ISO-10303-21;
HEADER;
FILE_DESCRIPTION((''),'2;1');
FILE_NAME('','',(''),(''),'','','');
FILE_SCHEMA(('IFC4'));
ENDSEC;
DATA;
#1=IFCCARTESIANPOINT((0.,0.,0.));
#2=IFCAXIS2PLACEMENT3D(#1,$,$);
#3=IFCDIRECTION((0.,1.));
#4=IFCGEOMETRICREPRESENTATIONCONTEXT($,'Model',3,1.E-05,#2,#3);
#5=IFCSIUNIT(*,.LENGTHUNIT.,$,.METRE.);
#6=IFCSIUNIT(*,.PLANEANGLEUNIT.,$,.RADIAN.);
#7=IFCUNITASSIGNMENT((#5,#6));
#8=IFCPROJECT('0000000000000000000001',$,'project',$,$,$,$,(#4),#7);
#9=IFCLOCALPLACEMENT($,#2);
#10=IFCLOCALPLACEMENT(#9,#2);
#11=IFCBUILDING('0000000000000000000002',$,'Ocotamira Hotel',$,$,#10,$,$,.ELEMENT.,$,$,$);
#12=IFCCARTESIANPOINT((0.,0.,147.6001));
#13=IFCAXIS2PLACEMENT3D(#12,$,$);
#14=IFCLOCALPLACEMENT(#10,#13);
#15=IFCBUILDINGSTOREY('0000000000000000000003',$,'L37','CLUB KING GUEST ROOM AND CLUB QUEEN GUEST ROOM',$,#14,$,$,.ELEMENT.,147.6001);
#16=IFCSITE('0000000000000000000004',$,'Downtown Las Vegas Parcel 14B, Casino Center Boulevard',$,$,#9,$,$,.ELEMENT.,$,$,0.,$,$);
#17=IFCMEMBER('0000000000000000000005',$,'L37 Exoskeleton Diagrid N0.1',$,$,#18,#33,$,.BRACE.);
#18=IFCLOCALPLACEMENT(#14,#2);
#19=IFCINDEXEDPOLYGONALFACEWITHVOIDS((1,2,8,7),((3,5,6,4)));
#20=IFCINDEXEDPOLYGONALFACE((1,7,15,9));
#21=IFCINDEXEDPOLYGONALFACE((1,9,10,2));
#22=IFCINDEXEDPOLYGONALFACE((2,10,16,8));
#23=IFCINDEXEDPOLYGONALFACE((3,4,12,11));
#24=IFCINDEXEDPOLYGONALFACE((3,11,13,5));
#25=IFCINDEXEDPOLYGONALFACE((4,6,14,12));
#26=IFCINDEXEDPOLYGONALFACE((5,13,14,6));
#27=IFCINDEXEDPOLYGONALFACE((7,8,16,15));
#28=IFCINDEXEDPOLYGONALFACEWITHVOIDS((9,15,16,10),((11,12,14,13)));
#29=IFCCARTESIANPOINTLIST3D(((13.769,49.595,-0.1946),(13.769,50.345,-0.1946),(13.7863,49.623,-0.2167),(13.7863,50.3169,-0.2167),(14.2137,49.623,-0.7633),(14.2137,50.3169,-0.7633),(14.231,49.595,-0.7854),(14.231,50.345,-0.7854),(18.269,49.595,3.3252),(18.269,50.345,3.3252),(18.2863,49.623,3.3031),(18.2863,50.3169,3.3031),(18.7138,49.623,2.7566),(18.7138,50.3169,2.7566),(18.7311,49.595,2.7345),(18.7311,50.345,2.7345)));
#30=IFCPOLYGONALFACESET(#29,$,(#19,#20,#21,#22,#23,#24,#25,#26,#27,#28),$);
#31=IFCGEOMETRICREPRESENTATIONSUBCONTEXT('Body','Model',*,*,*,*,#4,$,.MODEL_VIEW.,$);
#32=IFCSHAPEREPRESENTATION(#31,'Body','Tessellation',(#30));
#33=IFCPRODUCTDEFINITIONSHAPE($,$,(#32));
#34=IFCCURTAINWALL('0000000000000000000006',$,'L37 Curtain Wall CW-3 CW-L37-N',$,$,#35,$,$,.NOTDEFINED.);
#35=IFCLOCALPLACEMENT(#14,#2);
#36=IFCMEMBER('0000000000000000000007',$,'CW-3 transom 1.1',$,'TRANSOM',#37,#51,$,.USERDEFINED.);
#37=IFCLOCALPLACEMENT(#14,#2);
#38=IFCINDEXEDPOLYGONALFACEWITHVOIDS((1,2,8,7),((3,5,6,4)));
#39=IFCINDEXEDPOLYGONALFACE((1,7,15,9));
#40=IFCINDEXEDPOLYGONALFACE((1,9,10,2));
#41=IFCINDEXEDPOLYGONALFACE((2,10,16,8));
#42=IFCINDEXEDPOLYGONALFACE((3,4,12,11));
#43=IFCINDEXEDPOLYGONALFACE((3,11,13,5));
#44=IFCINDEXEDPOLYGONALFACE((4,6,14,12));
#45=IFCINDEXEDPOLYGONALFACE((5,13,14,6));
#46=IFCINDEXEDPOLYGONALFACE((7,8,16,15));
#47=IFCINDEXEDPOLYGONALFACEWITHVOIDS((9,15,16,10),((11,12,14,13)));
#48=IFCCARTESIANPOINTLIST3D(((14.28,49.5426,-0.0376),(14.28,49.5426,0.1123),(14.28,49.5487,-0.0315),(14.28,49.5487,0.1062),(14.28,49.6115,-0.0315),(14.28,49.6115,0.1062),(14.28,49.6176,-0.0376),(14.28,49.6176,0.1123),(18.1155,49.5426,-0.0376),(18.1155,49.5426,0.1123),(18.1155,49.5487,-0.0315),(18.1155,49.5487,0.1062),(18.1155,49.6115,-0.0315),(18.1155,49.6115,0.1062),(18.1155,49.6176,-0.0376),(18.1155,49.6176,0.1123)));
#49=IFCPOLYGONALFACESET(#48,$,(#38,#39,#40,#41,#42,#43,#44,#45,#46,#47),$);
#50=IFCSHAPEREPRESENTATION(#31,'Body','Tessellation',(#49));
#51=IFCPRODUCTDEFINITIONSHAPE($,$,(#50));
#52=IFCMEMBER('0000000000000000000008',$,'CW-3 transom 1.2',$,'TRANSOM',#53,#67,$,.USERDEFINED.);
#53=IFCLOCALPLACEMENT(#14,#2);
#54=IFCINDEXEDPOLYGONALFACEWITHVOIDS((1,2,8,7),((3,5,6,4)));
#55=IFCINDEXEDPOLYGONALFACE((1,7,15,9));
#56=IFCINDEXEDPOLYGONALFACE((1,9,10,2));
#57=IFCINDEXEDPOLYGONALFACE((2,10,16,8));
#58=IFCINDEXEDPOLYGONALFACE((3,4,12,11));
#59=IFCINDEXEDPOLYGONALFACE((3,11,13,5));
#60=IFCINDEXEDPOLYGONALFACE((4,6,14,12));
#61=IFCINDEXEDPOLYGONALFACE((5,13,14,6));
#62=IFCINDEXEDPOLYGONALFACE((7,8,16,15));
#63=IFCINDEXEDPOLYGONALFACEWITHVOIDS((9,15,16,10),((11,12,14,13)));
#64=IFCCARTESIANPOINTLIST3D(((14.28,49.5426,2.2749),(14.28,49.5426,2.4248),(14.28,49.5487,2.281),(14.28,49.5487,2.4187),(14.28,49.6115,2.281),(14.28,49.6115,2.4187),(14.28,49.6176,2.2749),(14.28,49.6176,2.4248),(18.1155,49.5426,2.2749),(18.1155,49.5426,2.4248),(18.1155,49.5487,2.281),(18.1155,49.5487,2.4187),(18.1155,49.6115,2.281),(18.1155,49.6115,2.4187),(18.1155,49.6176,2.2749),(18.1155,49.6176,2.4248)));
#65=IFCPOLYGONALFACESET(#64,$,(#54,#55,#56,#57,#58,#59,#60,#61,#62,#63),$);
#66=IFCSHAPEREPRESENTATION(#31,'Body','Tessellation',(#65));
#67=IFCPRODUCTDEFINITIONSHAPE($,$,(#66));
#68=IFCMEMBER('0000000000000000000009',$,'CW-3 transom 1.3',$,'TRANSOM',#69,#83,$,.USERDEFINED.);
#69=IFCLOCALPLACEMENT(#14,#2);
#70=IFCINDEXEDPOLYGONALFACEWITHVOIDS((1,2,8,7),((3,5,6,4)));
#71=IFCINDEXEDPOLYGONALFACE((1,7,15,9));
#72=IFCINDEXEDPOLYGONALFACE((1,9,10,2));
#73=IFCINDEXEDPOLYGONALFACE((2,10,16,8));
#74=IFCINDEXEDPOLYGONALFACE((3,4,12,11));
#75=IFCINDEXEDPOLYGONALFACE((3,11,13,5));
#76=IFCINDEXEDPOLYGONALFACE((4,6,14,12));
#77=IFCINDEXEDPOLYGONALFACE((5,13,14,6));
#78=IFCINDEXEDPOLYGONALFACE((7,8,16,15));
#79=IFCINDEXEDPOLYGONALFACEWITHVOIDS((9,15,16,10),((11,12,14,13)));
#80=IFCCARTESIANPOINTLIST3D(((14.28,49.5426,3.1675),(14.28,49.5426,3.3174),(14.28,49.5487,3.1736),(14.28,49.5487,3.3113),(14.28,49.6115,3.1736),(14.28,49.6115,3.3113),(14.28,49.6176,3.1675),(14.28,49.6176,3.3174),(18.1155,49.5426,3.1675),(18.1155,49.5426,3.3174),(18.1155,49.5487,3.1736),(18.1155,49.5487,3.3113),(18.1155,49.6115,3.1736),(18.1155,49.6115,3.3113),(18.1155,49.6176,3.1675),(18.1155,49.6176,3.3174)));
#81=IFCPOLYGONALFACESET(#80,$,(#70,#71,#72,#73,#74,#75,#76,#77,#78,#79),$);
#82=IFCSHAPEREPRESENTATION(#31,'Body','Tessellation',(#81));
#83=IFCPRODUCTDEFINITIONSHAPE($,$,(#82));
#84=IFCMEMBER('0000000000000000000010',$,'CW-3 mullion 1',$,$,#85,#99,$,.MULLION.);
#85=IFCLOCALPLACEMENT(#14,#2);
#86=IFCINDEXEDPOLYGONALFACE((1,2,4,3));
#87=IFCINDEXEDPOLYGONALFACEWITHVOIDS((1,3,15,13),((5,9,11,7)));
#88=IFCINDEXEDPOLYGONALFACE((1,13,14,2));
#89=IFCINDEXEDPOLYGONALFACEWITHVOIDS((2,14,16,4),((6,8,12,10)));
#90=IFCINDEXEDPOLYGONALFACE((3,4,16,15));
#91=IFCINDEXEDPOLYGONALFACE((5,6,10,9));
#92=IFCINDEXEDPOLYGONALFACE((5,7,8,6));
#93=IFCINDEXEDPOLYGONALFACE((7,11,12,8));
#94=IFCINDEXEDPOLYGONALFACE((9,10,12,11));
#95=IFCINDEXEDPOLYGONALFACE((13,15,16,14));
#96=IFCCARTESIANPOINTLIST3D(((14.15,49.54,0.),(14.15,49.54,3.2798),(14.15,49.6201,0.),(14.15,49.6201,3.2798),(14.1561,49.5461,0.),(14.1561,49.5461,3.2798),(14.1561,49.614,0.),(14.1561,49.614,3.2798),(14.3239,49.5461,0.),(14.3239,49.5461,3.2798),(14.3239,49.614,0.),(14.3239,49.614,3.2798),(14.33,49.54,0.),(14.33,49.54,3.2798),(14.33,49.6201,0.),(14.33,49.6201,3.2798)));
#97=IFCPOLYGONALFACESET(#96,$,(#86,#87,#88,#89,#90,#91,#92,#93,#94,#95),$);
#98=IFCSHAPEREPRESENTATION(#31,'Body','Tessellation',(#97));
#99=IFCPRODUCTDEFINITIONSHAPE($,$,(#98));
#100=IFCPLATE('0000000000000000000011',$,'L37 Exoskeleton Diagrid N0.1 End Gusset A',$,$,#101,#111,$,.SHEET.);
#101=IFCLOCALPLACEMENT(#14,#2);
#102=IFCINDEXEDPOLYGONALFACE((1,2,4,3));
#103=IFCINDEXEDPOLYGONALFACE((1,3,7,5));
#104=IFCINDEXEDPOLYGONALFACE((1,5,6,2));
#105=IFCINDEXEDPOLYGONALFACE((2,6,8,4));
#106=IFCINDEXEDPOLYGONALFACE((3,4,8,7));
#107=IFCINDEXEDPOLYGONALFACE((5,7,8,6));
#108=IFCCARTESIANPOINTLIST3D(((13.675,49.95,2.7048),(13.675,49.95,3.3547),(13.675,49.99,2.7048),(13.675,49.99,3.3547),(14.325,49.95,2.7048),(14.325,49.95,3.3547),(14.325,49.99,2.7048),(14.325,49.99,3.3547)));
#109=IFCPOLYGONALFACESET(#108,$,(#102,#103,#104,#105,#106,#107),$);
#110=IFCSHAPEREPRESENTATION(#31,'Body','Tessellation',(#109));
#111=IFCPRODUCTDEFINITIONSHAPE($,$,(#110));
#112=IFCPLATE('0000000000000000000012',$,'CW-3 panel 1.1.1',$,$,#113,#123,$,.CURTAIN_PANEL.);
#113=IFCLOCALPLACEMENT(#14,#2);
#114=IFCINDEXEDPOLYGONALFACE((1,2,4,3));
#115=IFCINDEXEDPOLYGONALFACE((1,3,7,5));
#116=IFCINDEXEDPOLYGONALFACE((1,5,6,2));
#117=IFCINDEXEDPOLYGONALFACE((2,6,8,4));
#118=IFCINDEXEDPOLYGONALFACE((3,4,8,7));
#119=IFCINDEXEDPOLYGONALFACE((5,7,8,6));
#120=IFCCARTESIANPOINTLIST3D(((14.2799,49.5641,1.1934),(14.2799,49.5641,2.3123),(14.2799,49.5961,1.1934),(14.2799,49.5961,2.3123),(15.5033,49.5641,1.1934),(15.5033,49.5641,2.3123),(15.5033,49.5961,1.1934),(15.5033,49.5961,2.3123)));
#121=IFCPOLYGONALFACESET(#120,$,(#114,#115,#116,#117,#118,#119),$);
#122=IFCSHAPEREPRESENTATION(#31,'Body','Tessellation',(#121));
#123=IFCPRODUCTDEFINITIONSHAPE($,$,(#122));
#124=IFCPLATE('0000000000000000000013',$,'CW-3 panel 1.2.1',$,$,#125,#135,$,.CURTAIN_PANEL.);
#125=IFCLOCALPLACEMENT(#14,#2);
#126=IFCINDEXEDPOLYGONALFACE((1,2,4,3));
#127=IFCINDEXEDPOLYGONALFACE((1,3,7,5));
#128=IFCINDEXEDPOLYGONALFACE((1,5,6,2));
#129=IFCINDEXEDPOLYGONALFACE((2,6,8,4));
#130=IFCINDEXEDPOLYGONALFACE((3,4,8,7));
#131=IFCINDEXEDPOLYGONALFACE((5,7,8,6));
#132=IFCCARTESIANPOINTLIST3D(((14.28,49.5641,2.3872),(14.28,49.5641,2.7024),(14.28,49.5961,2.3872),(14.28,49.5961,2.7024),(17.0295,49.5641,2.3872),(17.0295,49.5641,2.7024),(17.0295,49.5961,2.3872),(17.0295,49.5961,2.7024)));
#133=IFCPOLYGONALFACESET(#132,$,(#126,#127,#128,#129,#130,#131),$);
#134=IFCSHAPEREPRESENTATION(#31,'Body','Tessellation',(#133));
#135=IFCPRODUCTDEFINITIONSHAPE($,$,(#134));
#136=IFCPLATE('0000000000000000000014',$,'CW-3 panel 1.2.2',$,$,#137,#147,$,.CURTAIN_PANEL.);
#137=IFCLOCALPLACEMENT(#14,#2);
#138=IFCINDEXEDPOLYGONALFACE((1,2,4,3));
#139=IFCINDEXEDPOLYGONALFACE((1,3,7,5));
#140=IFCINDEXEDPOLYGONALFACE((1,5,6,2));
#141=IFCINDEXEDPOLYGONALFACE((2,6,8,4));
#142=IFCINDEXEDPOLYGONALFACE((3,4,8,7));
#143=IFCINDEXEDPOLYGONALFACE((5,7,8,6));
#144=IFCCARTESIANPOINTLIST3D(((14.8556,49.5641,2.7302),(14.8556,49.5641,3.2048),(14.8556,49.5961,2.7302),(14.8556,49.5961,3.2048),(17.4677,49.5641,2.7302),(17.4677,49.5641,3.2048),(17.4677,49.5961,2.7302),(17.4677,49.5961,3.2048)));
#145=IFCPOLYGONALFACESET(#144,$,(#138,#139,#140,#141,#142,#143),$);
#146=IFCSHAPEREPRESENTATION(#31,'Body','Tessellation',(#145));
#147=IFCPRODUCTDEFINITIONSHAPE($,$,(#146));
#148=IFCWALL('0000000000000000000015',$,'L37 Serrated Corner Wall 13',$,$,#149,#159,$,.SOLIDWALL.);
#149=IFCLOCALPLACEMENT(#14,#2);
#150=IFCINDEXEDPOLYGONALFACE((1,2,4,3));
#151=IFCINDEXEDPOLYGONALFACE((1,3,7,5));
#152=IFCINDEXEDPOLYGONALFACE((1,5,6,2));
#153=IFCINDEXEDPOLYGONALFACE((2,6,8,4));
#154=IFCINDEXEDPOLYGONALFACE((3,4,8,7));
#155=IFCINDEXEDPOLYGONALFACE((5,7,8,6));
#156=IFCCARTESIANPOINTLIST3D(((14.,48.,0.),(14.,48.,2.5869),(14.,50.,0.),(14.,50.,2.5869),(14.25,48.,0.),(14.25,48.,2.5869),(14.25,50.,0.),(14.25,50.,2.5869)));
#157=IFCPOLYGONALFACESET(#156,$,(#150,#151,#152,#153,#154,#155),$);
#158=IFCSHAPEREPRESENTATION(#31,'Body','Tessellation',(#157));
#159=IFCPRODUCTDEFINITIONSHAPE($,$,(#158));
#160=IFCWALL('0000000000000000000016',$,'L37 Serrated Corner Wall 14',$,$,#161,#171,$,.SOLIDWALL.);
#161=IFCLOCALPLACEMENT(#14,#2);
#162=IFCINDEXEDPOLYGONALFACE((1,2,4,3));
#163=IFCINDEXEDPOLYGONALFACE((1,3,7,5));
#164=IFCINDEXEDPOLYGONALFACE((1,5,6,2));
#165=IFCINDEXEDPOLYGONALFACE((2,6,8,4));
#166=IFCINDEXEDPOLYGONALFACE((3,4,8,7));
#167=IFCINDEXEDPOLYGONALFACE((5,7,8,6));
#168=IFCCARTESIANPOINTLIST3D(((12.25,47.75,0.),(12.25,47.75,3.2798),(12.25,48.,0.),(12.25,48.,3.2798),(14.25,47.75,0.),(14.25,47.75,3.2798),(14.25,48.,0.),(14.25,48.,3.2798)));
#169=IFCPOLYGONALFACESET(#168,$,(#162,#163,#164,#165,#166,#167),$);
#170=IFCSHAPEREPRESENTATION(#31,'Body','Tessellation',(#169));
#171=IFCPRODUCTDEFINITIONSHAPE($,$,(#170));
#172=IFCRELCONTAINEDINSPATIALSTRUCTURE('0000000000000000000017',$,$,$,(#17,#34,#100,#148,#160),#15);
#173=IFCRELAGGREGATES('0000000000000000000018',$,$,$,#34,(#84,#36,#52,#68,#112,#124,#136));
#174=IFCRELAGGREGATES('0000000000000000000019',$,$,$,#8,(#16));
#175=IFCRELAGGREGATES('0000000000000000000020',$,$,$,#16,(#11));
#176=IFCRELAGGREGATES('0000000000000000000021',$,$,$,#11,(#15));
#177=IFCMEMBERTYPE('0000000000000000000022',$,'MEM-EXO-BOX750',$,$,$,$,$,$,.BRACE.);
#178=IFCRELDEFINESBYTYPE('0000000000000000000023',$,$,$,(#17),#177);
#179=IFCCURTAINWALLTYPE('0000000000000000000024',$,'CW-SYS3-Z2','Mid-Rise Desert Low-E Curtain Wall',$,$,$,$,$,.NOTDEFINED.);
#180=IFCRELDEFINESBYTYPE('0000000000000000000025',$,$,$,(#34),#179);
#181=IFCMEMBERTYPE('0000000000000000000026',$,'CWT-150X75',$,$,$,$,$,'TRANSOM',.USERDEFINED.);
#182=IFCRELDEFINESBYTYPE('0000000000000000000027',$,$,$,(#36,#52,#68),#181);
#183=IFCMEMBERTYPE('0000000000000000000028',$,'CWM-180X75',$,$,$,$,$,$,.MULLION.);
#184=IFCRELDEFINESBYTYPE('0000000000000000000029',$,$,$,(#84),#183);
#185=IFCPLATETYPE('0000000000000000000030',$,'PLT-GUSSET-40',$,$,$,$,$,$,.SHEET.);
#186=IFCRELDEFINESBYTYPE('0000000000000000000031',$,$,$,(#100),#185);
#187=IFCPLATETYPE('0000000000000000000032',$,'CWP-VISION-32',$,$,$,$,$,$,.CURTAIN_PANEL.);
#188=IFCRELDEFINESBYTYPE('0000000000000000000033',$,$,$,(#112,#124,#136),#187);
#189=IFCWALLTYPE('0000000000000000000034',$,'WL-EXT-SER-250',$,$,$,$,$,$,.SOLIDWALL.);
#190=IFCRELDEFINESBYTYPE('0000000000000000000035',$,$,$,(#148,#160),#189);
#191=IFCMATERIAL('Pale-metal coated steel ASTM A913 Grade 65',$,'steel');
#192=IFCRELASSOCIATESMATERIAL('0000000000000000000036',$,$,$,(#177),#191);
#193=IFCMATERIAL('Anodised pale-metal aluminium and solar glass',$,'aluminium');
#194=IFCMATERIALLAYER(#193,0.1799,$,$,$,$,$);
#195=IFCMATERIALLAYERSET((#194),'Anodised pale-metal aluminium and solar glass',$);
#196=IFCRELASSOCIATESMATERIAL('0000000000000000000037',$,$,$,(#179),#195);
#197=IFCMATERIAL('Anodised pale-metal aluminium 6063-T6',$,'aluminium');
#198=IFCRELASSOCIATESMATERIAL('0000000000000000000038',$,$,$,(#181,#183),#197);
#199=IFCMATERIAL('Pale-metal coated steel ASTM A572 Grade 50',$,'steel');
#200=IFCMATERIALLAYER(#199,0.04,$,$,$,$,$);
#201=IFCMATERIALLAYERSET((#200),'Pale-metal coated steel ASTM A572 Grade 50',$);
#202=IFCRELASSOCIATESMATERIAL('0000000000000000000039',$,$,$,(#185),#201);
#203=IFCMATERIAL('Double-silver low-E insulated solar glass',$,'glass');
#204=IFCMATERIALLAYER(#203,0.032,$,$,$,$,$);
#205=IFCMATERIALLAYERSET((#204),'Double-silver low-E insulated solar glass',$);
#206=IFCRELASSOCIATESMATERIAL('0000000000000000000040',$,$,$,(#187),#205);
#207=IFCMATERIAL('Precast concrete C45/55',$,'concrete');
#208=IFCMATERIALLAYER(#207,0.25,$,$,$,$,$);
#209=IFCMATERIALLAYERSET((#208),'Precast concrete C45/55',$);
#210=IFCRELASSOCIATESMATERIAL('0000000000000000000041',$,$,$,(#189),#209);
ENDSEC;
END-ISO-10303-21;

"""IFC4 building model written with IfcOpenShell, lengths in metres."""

from ifc_helpers import new_model, si_unit, direction, frame, frame_2d, origin, origin_2d, place, context, subcontext, project, spatial, rectangle, hollow_rectangle, extrude, source, transform, mapped, material, layer, layer_set, material_profile, profile_set, type_object, element, aggregate, save


model = new_model("IFC4")

# Units and contexts
model_context = context("Model", 3, precision=1e-05, world=origin(), true_north=direction((0.0, 1.0)))
body_context = subcontext(model_context, "Body", "Model", "MODEL_VIEW")
ifc_project = project(units=[si_unit("LENGTHUNIT", "METRE"), si_unit("PLANEANGLEUNIT", "RADIAN")], contexts=[model_context])

# Site, building, storey
site_placement = place(None, origin())
site = spatial("IfcSite", under=ifc_project, at=site_placement, Name="Downtown Las Vegas Parcel 14B, Casino Center Boulevard", CompositionType="ELEMENT", RefElevation=0.0)
building_placement = place(site_placement, origin())
building = spatial("IfcBuilding", under=site, at=building_placement, Name="Ocotamira Hotel", CompositionType="ELEMENT")
storey_placement = place(building_placement, frame((0.0, 0.0, 147.6001)))
storey = spatial("IfcBuildingStorey", under=building, at=storey_placement, Name="L37", Description="CLUB KING GUEST ROOM AND CLUB QUEEN GUEST ROOM", CompositionType="ELEMENT", Elevation=147.6001)

# Member
ifc_material_1 = material(Name="Pale-metal coated steel ASTM A913 Grade 65", Category="steel")
ifc_material_profile_1 = material_profile(ifc_material_1, hollow_rectangle(XDim=0.75, YDim=0.75, WallThickness=0.0281, at=origin_2d()), Name="BOX750X750X28")
ifc_profile_set_1 = profile_set([ifc_material_profile_1], Name="Pale-metal coated steel ASTM A913 Grade 65")
member_type_1 = type_object("IfcMemberType", Name="MEM-EXO-BOX750", PredefinedType="BRACE", material=ifc_profile_set_1)
shared_shape_1 = source(origin(), body_context, "Body", "SweptSolid", [
    extrude(hollow_rectangle(XDim=0.75, YDim=0.75, WallThickness=0.0281, at=origin_2d()), origin(), (0.0, 0.0, 1.0), 5.7131),
])
member_1_placement = place(storey_placement, frame((14.0, 49.97, -0.49), z_axis=(0.787672, 0.0, 0.616095), x_axis=(0.0, 1.0, 0.0)))
element("IfcMember", 1, at=member_1_placement, inside=storey, type_object=member_type_1, Name="L37 Exoskeleton Diagrid N0.1", PredefinedType="BRACE", context=body_context, shape_type="MappedRepresentation", body=[
    mapped(shared_shape_1, transform((0.0, 0.0, 0.0), scale=1.0)),
])

# Curtain wall, members
ifc_material_2 = material(Name="Anodised pale-metal aluminium and solar glass", Category="aluminium")
ifc_layer_1 = layer(ifc_material_2, 0.1799)
ifc_layer_set_1 = layer_set([ifc_layer_1], Name="Anodised pale-metal aluminium and solar glass")
curtain_wall_type = type_object("IfcCurtainWallType", Name="CW-SYS3-Z2", Description="Mid-Rise Desert Low-E Curtain Wall", PredefinedType="NOTDEFINED", material=ifc_layer_set_1)
curtain_wall_placement = place(storey_placement, origin())
curtain_wall = element("IfcCurtainWall", 2, at=curtain_wall_placement, inside=storey, type_object=curtain_wall_type, Name="L37 Curtain Wall CW-3 CW-L37-N", PredefinedType="NOTDEFINED")
ifc_material_3 = material(Name="Anodised pale-metal aluminium 6063-T6", Category="aluminium")
ifc_material_profile_2 = material_profile(ifc_material_3, hollow_rectangle(XDim=0.075, YDim=0.1499, WallThickness=0.0061, at=origin_2d()), Name="HSS150X75X6")
ifc_profile_set_2 = profile_set([ifc_material_profile_2], Name="Anodised pale-metal aluminium 6063-T6")
member_type_2 = type_object("IfcMemberType", Name="CWT-150X75", ElementType="TRANSOM", PredefinedType="USERDEFINED", material=ifc_profile_set_2)
shared_shape_2 = source(origin(), body_context, "Body", "SweptSolid", [
    extrude(hollow_rectangle(XDim=0.075, YDim=0.1499, WallThickness=0.0061, at=origin_2d()), origin(), (0.0, 0.0, 1.0), 3.8354),
])
member_2_placement = place(storey_placement, frame((14.28, 49.5801, 0.0374), z_axis=(1.0, 0.0, 0.0), x_axis=(0.0, 1.0, 0.0)))
member_2 = element("IfcMember", 3, at=member_2_placement, type_object=member_type_2, Name="CW-3 transom 1.1", ObjectType="TRANSOM", PredefinedType="USERDEFINED", context=body_context, shape_type="MappedRepresentation", body=[
    mapped(shared_shape_2, transform((0.0, 0.0, 0.0), scale=1.0)),
])
member_3_placement = place(storey_placement, frame((14.28, 49.5801, 2.3499), z_axis=(1.0, 0.0, 0.0), x_axis=(0.0, 1.0, 0.0)))
member_3 = element("IfcMember", 4, at=member_3_placement, type_object=member_type_2, Name="CW-3 transom 1.2", ObjectType="TRANSOM", PredefinedType="USERDEFINED", context=body_context, shape_type="MappedRepresentation", body=[
    mapped(shared_shape_2, transform((0.0, 0.0, 0.0), scale=1.0)),
])
member_4_placement = place(storey_placement, frame((14.28, 49.5801, 3.2424), z_axis=(1.0, 0.0, 0.0), x_axis=(0.0, 1.0, 0.0)))
member_4 = element("IfcMember", 5, at=member_4_placement, type_object=member_type_2, Name="CW-3 transom 1.3", ObjectType="TRANSOM", PredefinedType="USERDEFINED", context=body_context, shape_type="MappedRepresentation", body=[
    mapped(shared_shape_2, transform((0.0, 0.0, 0.0), scale=1.0)),
])
ifc_material_profile_3 = material_profile(ifc_material_3, hollow_rectangle(XDim=0.0801, YDim=0.1799, WallThickness=0.0061, at=origin_2d()), Name="HSS180X80X6")
ifc_profile_set_3 = profile_set([ifc_material_profile_3], Name="Anodised pale-metal aluminium 6063-T6")
member_type_3 = type_object("IfcMemberType", Name="CWM-180X75", PredefinedType="MULLION", material=ifc_profile_set_3)
shared_shape_3 = source(origin(), body_context, "Body", "SweptSolid", [
    extrude(hollow_rectangle(XDim=0.0801, YDim=0.1799, WallThickness=0.0061, at=origin_2d()), origin(), (0.0, 0.0, 1.0), 3.2798),
])
member_5_placement = place(storey_placement, frame((14.24, 49.5801, 0.0), z_axis=(0.0, 0.0, 1.0), x_axis=(0.0, 1.0, 0.0)))
member_5 = element("IfcMember", 6, at=member_5_placement, type_object=member_type_3, Name="CW-3 mullion 1", PredefinedType="MULLION", context=body_context, shape_type="MappedRepresentation", body=[
    mapped(shared_shape_3, transform((0.0, 0.0, 0.0), scale=1.0)),
])

# Plates
ifc_material_4 = material(Name="Pale-metal coated steel ASTM A572 Grade 50", Category="steel")
ifc_layer_2 = layer(ifc_material_4, 0.04)
ifc_layer_set_2 = layer_set([ifc_layer_2], Name="Pale-metal coated steel ASTM A572 Grade 50")
plate_type_1 = type_object("IfcPlateType", Name="PLT-GUSSET-40", PredefinedType="SHEET", material=ifc_layer_set_2)
shared_shape_4 = source(origin(), body_context, "Body", "SweptSolid", [
    extrude(rectangle(XDim=0.6499, YDim=0.04, at=origin_2d()), origin(), (0.0, 0.0, 1.0), 0.6499),
])
plate_1_placement = place(storey_placement, frame((14.0, 49.97, 2.7048), z_axis=(0.0, 0.0, 1.0), x_axis=(1.0, 0.0, 0.0)))
element("IfcPlate", 7, at=plate_1_placement, inside=storey, type_object=plate_type_1, Name="L37 Exoskeleton Diagrid N0.1 End Gusset A", PredefinedType="SHEET", context=body_context, shape_type="MappedRepresentation", body=[
    mapped(shared_shape_4, transform((0.0, 0.0, 0.0), scale=1.0)),
])
ifc_material_5 = material(Name="Double-silver low-E insulated solar glass", Category="glass")
ifc_layer_3 = layer(ifc_material_5, 0.032)
ifc_layer_set_3 = layer_set([ifc_layer_3], Name="Double-silver low-E insulated solar glass")
plate_type_2 = type_object("IfcPlateType", Name="CWP-VISION-32", PredefinedType="CURTAIN_PANEL", material=ifc_layer_set_3)
shared_shape_5 = source(origin(), body_context, "Body", "SweptSolid", [
    extrude(rectangle(XDim=1.2234, YDim=0.032, at=origin_2d()), origin(), (0.0, 0.0, 1.0), 1.1189),
])
plate_2_placement = place(storey_placement, frame((14.8916, 49.5801, 1.1934), z_axis=(0.0, 0.0, 1.0), x_axis=(1.0, 0.0, 0.0)))
plate_2 = element("IfcPlate", 8, at=plate_2_placement, type_object=plate_type_2, Name="CW-3 panel 1.1.1", PredefinedType="CURTAIN_PANEL", context=body_context, shape_type="MappedRepresentation", body=[
    mapped(shared_shape_5, transform((0.0, 0.0, 0.0), scale=1.0)),
])
shared_shape_6 = source(origin(), body_context, "Body", "SweptSolid", [
    extrude(rectangle(XDim=2.7495, YDim=0.032, at=origin_2d()), origin(), (0.0, 0.0, 1.0), 0.3152),
])
plate_3_placement = place(storey_placement, frame((15.6548, 49.5801, 2.3872), z_axis=(0.0, 0.0, 1.0), x_axis=(1.0, 0.0, 0.0)))
plate_3 = element("IfcPlate", 9, at=plate_3_placement, type_object=plate_type_2, Name="CW-3 panel 1.2.1", PredefinedType="CURTAIN_PANEL", context=body_context, shape_type="MappedRepresentation", body=[
    mapped(shared_shape_6, transform((0.0, 0.0, 0.0), scale=1.0)),
])
shared_shape_7 = source(origin(), body_context, "Body", "SweptSolid", [
    extrude(rectangle(XDim=2.6121, YDim=0.032, at=origin_2d()), origin(), (0.0, 0.0, 1.0), 0.4746),
])
plate_4_placement = place(storey_placement, frame((16.1616, 49.5801, 2.7302), z_axis=(0.0, 0.0, 1.0), x_axis=(1.0, 0.0, 0.0)))
plate_4 = element("IfcPlate", 10, at=plate_4_placement, type_object=plate_type_2, Name="CW-3 panel 1.2.2", PredefinedType="CURTAIN_PANEL", context=body_context, shape_type="MappedRepresentation", body=[
    mapped(shared_shape_7, transform((0.0, 0.0, 0.0), scale=1.0)),
])
aggregate(curtain_wall, [member_5, member_2, member_3, member_4, plate_2, plate_3, plate_4])

# Walls
ifc_material_6 = material(Name="Precast concrete C45/55", Category="concrete")
ifc_layer_4 = layer(ifc_material_6, 0.25)
ifc_layer_set_4 = layer_set([ifc_layer_4], Name="Precast concrete C45/55")
wall_type = type_object("IfcWallType", Name="WL-EXT-SER-250", PredefinedType="SOLIDWALL", material=ifc_layer_set_4)
wall_1_placement = place(storey_placement, frame((14.125, 50.0, 0.0), z_axis=(0.0, 0.0, 1.0), x_axis=(0.0, -1.0, 0.0)))
element("IfcWall", 11, at=wall_1_placement, inside=storey, type_object=wall_type, Name="L37 Serrated Corner Wall 13", PredefinedType="SOLIDWALL", context=body_context, shape_type="SweptSolid", body=[
    extrude(rectangle(XDim=2.0, YDim=0.25, at=frame_2d((1.0, 0.0))), origin(), (0.0, 0.0, 1.0), 2.5869),
])
wall_2_placement = place(storey_placement, frame((14.25, 47.875, 0.0), z_axis=(0.0, 0.0, 1.0), x_axis=(-1.0, 0.0, 0.0)))
element("IfcWall", 12, at=wall_2_placement, inside=storey, type_object=wall_type, Name="L37 Serrated Corner Wall 14", PredefinedType="SOLIDWALL", context=body_context, shape_type="SweptSolid", body=[
    extrude(rectangle(XDim=2.0, YDim=0.25, at=frame_2d((1.0, 0.0))), origin(), (0.0, 0.0, 1.0), 3.2798),
])

save(model, "model.ifc")
